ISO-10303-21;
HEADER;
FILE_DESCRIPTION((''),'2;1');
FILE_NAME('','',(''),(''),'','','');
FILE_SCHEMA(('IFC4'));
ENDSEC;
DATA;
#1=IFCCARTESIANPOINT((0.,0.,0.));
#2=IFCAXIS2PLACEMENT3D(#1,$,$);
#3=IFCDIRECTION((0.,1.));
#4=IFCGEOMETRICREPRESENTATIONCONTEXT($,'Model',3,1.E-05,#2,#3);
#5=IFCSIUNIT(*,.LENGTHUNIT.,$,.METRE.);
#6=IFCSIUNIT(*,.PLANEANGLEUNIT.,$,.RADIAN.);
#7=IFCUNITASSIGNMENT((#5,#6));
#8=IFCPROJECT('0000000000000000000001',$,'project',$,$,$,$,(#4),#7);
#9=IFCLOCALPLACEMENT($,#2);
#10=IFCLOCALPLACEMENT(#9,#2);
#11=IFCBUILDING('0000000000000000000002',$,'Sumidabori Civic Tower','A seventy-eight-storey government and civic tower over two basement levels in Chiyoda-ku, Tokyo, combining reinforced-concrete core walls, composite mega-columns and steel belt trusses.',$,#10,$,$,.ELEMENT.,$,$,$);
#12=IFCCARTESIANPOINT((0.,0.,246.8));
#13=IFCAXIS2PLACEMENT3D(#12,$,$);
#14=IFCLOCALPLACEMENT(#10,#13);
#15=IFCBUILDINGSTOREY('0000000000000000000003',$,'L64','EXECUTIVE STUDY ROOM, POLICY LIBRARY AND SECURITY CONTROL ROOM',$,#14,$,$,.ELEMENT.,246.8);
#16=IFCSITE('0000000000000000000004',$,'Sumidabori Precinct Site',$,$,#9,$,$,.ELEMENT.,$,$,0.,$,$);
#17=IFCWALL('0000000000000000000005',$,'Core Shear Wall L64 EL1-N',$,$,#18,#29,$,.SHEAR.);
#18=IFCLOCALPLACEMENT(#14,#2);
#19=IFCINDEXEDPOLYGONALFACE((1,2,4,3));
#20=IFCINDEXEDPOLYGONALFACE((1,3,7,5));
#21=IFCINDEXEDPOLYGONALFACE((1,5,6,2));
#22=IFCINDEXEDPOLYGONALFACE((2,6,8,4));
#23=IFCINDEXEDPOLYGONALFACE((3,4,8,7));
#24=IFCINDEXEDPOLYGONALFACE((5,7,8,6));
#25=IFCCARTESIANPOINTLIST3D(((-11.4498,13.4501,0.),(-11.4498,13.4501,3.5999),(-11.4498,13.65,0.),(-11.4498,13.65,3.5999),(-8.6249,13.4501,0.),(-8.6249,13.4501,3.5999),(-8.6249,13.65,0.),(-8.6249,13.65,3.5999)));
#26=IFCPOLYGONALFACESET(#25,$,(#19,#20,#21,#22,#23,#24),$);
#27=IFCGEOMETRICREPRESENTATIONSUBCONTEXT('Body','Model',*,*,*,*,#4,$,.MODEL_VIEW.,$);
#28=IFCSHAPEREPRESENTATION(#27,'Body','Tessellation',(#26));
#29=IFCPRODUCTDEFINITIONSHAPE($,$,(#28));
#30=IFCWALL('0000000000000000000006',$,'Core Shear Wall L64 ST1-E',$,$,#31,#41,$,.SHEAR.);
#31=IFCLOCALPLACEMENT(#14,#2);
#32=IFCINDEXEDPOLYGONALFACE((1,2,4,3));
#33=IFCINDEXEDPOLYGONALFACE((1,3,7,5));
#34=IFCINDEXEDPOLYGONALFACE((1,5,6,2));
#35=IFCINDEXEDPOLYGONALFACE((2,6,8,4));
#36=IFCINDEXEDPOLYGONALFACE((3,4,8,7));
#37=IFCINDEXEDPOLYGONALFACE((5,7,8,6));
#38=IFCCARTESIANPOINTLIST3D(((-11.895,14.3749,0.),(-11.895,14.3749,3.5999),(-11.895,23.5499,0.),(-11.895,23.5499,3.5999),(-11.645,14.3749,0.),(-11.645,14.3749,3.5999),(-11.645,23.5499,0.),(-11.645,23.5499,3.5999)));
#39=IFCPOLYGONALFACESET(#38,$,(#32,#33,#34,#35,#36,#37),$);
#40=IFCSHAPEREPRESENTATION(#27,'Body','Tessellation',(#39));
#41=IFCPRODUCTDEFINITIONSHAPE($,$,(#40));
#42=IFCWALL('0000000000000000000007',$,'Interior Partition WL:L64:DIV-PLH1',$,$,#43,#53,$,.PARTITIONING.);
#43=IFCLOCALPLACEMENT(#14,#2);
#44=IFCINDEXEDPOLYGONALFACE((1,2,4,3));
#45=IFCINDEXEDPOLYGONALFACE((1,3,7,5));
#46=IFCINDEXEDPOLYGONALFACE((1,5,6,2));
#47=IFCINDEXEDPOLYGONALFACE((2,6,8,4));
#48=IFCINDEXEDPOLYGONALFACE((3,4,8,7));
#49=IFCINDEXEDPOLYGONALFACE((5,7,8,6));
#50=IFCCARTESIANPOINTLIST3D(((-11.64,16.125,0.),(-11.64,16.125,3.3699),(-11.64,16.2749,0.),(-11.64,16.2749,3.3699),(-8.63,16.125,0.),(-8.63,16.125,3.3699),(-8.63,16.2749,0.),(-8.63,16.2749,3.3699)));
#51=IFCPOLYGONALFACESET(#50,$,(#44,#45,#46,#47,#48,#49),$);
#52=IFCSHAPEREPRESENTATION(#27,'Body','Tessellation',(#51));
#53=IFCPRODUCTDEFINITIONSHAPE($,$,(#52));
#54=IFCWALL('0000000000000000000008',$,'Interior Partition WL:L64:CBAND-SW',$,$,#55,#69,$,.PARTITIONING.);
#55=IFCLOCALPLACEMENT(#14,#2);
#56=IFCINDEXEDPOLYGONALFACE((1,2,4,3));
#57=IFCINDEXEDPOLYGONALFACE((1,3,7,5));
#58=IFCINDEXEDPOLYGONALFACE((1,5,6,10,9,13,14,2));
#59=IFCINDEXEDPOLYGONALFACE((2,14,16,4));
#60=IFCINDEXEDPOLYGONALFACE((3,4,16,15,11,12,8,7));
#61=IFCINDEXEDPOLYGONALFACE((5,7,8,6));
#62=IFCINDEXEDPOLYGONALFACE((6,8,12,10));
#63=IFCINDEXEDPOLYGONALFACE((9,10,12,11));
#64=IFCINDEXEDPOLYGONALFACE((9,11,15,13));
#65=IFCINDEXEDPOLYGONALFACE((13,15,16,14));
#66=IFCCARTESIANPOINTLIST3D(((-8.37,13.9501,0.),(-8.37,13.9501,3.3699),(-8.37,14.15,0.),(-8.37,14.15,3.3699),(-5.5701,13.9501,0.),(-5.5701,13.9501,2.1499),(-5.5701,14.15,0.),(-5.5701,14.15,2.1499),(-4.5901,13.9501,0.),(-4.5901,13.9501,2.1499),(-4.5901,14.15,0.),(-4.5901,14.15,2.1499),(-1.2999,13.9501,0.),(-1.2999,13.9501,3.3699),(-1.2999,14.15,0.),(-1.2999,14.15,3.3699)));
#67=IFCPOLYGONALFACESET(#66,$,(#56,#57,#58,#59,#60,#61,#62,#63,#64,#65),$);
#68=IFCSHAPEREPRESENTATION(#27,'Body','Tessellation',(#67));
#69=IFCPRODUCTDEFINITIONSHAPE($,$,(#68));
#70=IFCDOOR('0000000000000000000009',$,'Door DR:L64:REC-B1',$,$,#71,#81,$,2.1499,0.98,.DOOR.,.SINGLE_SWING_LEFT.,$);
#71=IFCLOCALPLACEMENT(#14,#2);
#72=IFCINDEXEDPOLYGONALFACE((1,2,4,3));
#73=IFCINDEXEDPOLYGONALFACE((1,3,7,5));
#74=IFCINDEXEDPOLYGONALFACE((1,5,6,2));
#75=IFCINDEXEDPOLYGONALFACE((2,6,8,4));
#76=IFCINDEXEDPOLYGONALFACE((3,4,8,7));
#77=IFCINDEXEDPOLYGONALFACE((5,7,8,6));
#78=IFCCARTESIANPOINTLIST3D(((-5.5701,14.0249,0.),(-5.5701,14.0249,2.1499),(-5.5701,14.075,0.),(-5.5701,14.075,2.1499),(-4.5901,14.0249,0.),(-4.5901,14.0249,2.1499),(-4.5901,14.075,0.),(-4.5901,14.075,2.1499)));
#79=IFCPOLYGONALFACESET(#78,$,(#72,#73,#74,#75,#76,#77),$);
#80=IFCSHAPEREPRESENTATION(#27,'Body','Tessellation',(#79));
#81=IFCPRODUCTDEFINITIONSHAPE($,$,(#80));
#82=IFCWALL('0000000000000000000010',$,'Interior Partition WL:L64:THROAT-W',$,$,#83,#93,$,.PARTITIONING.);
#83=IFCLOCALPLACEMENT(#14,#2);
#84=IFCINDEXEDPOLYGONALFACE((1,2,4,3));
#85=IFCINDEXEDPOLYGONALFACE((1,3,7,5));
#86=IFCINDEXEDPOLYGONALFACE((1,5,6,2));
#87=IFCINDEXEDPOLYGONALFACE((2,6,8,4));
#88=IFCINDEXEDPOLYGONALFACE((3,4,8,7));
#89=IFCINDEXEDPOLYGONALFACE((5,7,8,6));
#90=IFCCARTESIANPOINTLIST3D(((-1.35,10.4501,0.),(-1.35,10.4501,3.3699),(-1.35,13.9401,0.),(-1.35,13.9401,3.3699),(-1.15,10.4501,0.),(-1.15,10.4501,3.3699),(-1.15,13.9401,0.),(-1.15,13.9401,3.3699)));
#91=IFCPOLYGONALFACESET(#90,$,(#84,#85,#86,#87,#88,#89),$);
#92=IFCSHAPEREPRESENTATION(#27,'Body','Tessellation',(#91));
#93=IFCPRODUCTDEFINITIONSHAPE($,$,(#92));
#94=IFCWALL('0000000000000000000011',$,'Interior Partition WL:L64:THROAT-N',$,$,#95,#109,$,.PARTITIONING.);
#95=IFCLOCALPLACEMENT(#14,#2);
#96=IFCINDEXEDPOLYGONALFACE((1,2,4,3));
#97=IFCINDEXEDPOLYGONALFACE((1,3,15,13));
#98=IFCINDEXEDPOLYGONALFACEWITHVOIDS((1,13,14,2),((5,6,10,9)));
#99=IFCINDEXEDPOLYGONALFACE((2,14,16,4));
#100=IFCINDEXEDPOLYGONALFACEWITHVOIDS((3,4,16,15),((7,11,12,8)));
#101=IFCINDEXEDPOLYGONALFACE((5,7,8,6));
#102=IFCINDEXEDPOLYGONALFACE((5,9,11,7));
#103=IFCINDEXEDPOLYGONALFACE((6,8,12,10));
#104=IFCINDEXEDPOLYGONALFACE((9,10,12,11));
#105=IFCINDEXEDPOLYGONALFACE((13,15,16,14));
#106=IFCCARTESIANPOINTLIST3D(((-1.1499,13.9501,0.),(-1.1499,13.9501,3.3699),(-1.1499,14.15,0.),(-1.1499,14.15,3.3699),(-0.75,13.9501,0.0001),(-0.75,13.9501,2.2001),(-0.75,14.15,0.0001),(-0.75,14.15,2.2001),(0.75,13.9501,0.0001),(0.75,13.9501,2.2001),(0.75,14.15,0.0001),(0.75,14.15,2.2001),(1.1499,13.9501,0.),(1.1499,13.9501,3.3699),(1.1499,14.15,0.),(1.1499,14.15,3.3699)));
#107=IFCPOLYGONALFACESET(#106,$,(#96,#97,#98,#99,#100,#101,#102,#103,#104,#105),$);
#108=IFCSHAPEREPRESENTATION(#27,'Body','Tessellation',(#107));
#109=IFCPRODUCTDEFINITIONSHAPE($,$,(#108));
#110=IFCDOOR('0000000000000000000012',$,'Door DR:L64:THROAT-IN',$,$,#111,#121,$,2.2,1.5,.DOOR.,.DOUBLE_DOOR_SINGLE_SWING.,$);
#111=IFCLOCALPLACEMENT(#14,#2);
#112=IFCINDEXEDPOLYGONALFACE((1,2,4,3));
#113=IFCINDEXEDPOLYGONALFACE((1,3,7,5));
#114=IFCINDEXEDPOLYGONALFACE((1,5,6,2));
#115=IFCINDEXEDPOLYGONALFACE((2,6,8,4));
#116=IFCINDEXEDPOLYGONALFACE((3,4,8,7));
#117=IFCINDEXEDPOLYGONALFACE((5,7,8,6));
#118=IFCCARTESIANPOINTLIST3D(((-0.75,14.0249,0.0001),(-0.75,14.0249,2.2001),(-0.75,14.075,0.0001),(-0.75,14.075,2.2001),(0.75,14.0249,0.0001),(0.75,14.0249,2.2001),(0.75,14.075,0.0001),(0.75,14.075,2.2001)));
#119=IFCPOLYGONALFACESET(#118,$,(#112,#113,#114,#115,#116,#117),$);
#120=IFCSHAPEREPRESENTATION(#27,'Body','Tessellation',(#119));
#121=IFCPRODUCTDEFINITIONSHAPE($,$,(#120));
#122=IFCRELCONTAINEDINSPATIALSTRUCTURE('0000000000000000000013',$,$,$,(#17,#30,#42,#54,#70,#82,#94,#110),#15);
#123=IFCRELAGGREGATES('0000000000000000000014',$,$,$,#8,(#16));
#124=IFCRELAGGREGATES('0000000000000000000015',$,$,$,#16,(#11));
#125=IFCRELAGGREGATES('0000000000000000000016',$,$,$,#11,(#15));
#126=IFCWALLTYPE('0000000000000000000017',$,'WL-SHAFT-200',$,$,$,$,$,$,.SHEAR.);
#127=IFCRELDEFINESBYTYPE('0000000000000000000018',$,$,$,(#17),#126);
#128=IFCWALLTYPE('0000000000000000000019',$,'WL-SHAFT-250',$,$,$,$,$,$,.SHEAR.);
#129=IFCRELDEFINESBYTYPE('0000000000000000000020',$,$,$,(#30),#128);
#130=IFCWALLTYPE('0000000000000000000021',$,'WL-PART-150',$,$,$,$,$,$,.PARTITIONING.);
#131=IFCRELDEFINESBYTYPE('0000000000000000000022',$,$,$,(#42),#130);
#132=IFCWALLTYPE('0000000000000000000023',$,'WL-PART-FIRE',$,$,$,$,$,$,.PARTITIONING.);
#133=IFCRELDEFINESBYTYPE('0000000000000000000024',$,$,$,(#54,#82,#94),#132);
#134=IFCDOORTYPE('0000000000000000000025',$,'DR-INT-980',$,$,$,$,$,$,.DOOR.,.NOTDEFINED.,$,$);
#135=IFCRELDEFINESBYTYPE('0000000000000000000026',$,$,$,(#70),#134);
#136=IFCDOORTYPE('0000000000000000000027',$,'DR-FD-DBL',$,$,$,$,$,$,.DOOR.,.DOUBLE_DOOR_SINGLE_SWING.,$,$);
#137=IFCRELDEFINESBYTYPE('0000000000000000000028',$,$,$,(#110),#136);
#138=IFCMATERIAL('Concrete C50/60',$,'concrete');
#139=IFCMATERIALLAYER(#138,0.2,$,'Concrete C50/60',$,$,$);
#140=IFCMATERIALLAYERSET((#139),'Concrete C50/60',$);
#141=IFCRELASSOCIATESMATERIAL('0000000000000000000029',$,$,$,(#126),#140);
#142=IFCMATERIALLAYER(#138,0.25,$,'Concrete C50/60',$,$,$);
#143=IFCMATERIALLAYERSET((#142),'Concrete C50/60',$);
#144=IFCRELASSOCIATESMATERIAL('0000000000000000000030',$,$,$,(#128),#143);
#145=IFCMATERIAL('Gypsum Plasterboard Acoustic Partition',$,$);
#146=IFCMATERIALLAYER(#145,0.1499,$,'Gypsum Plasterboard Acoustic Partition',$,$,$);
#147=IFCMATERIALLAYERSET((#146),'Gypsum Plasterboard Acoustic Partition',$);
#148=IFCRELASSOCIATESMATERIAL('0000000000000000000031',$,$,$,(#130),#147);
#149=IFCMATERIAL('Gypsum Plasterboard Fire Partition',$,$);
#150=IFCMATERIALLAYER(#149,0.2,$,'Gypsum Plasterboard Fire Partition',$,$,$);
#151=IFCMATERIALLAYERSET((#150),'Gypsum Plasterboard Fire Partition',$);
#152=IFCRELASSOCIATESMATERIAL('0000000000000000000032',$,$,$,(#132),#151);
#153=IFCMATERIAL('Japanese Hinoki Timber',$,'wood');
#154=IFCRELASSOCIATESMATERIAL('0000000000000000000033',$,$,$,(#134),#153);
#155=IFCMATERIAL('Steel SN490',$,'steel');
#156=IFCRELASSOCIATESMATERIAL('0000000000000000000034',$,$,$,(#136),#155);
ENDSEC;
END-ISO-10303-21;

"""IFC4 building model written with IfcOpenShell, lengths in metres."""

from ifc_helpers import new_model, si_unit, direction, frame, frame_2d, origin, place, context, subcontext, project, spatial, rectangle, extrude, source, transform, mapped, material, layer, layer_set, type_object, element, fill, save


model = new_model("IFC4")

# Units and contexts
model_context = context("Model", 3, precision=1e-05, world=origin(), true_north=direction((0.0, 1.0)))
body_context = subcontext(model_context, "Body", "Model", "MODEL_VIEW")
ifc_project = project(units=[si_unit("LENGTHUNIT", "METRE"), si_unit("PLANEANGLEUNIT", "RADIAN")], contexts=[model_context])

# Site, building, storey
site_placement = place(None, origin())
site = spatial("IfcSite", under=ifc_project, at=site_placement, Name="Sumidabori Precinct Site", CompositionType="ELEMENT", RefElevation=0.0)
building_placement = place(site_placement, origin())
building = spatial("IfcBuilding", under=site, at=building_placement, Name="Sumidabori Civic Tower", Description="A seventy-eight-storey government and civic tower over two basement levels in Chiyoda-ku, Tokyo, combining reinforced-concrete core walls, composite mega-columns and steel belt trusses.", CompositionType="ELEMENT")
storey_placement = place(building_placement, frame((0.0, 0.0, 246.8)))
storey = spatial("IfcBuildingStorey", under=building, at=storey_placement, Name="L64", Description="EXECUTIVE STUDY ROOM, POLICY LIBRARY AND SECURITY CONTROL ROOM", CompositionType="ELEMENT", Elevation=246.8)

# Wall
ifc_material_1 = material(Name="Concrete C50/60", Category="concrete")
ifc_layer_1 = layer(ifc_material_1, 0.2, Name="Concrete C50/60")
ifc_layer_set_1 = layer_set([ifc_layer_1], Name="Concrete C50/60")
wall_type_1 = type_object("IfcWallType", Name="WL-SHAFT-200", PredefinedType="SHEAR", material=ifc_layer_set_1)
shared_shape_1 = source(origin(), body_context, "Body", "SweptSolid", [
    extrude(rectangle(XDim=2.825, YDim=0.2, at=frame_2d((1.4126, 0.0))), origin(), (0.0, 0.0, 1.0), 3.5999),
])
wall_1_placement = place(storey_placement, frame((-11.45, 13.55, 0.0), z_axis=(0.0, 0.0, 1.0), x_axis=(1.0, 0.0, 0.0)))
element("IfcWall", 1, at=wall_1_placement, inside=storey, type_object=wall_type_1, Name="Core Shear Wall L64 EL1-N", PredefinedType="SHEAR", context=body_context, shape_type="MappedRepresentation", body=[
    mapped(shared_shape_1, transform((0.0, 0.0, 0.0), x_axis=(1.0, 0.0, 0.0), y_axis=(0.0, 1.0, 0.0), z_axis=(0.0, 0.0, 1.0), scale=1.0)),
])

# Shared definitions
ifc_layer_2 = layer(ifc_material_1, 0.25, Name="Concrete C50/60")
ifc_layer_set_2 = layer_set([ifc_layer_2], Name="Concrete C50/60")
wall_type_2 = type_object("IfcWallType", Name="WL-SHAFT-250", PredefinedType="SHEAR", material=ifc_layer_set_2)

# Wall
shared_shape_2 = source(origin(), body_context, "Body", "SweptSolid", [
    extrude(rectangle(XDim=9.175, YDim=0.25, at=frame_2d((4.5874, 0.0))), origin(), (0.0, 0.0, 1.0), 3.5999),
])
wall_2_placement = place(storey_placement, frame((-11.77, 14.375, 0.0), z_axis=(0.0, 0.0, 1.0), x_axis=(0.0, 1.0, 0.0)))
element("IfcWall", 2, at=wall_2_placement, inside=storey, type_object=wall_type_2, Name="Core Shear Wall L64 ST1-E", PredefinedType="SHEAR", context=body_context, shape_type="MappedRepresentation", body=[
    mapped(shared_shape_2, transform((0.0, 0.0, 0.0), x_axis=(1.0, 0.0, 0.0), y_axis=(0.0, 1.0, 0.0), z_axis=(0.0, 0.0, 1.0), scale=1.0)),
])

# Wall
ifc_material_2 = material(Name="Gypsum Plasterboard Acoustic Partition")
ifc_layer_3 = layer(ifc_material_2, 0.1499, Name="Gypsum Plasterboard Acoustic Partition")
ifc_layer_set_3 = layer_set([ifc_layer_3], Name="Gypsum Plasterboard Acoustic Partition")
wall_type_3 = type_object("IfcWallType", Name="WL-PART-150", PredefinedType="PARTITIONING", material=ifc_layer_set_3)
shared_shape_3 = source(origin(), body_context, "Body", "SweptSolid", [
    extrude(rectangle(XDim=3.01, YDim=0.1499, at=frame_2d((1.5049, 0.0))), origin(), (0.0, 0.0, 1.0), 3.3699),
])
wall_3_placement = place(storey_placement, frame((-11.6399, 16.2, 0.0), z_axis=(0.0, 0.0, 1.0), x_axis=(1.0, 0.0, 0.0)))
element("IfcWall", 3, at=wall_3_placement, inside=storey, type_object=wall_type_3, Name="Interior Partition WL:L64:DIV-PLH1", PredefinedType="PARTITIONING", context=body_context, shape_type="MappedRepresentation", body=[
    mapped(shared_shape_3, transform((0.0, 0.0, 0.0), x_axis=(1.0, 0.0, 0.0), y_axis=(0.0, 1.0, 0.0), z_axis=(0.0, 0.0, 1.0), scale=1.0)),
])

# Wall, opening, door
ifc_material_3 = material(Name="Gypsum Plasterboard Fire Partition")
ifc_layer_4 = layer(ifc_material_3, 0.2, Name="Gypsum Plasterboard Fire Partition")
ifc_layer_set_4 = layer_set([ifc_layer_4], Name="Gypsum Plasterboard Fire Partition")
wall_type_4 = type_object("IfcWallType", Name="WL-PART-FIRE", PredefinedType="PARTITIONING", material=ifc_layer_set_4)
shared_shape_4 = source(origin(), body_context, "Body", "SweptSolid", [
    extrude(rectangle(XDim=7.0701, YDim=0.2, at=frame_2d((3.5352, 0.0))), origin(), (0.0, 0.0, 1.0), 3.3699),
])
wall_4_placement = place(storey_placement, frame((-8.3701, 14.05, 0.0), z_axis=(0.0, 0.0, 1.0), x_axis=(1.0, 0.0, 0.0)))
wall_4 = element("IfcWall", 4, at=wall_4_placement, inside=storey, type_object=wall_type_4, Name="Interior Partition WL:L64:CBAND-SW", PredefinedType="PARTITIONING", context=body_context, shape_type="MappedRepresentation", body=[
    mapped(shared_shape_4, transform((0.0, 0.0, 0.0), x_axis=(1.0, 0.0, 0.0), y_axis=(0.0, 1.0, 0.0), z_axis=(0.0, 0.0, 1.0), scale=1.0)),
])
opening_1_placement = place(wall_4_placement, frame((2.8, 0.0, 0.0)))
opening_1 = element("IfcOpeningElement", 5, at=opening_1_placement, cuts=wall_4, PredefinedType="OPENING", context=body_context, shape_type="SweptSolid", body=[
    extrude(rectangle(XDim=0.98, YDim=2.1499, at=frame_2d((0.49, 1.075))), frame((0.0, 0.1118, 0.0), z_axis=(0.0, -1.0, 0.0), x_axis=(1.0, 0.0, 0.0)), (0.0, 0.0, 1.0), 0.2239),
])
ifc_material_4 = material(Name="Japanese Hinoki Timber", Category="wood")
door_type_1 = type_object("IfcDoorType", Name="DR-INT-980", OperationType="NOTDEFINED", PredefinedType="DOOR", material=ifc_material_4)
shared_shape_5 = source(origin(), body_context, "Body", "SweptSolid", [
    extrude(rectangle(XDim=0.98, YDim=2.1499, at=frame_2d((0.49, 1.075))), frame((0.0, 0.0249, 0.0), z_axis=(0.0, -1.0, 0.0), x_axis=(1.0, 0.0, 0.0)), (0.0, 0.0, 1.0), 0.05),
])
door_1_placement = place(opening_1_placement, origin())
door_1 = element("IfcDoor", 6, at=door_1_placement, inside=storey, type_object=door_type_1, Name="Door DR:L64:REC-B1", OperationType="SINGLE_SWING_LEFT", OverallHeight=2.1499, OverallWidth=0.98, PredefinedType="DOOR", context=body_context, shape_type="MappedRepresentation", body=[
    mapped(shared_shape_5, transform((0.0, 0.0, 0.0), x_axis=(1.0, 0.0, 0.0), y_axis=(0.0, 1.0, 0.0), z_axis=(0.0, 0.0, 1.0), scale=1.0)),
])
fill(opening_1, door_1)

# Wall
shared_shape_6 = source(origin(), body_context, "Body", "SweptSolid", [
    extrude(rectangle(XDim=3.49, YDim=0.2, at=frame_2d((1.7451, 0.0))), origin(), (0.0, 0.0, 1.0), 3.3699),
])
wall_5_placement = place(storey_placement, frame((-1.25, 10.45, 0.0), z_axis=(0.0, 0.0, 1.0), x_axis=(0.0, 1.0, 0.0)))
element("IfcWall", 7, at=wall_5_placement, inside=storey, type_object=wall_type_4, Name="Interior Partition WL:L64:THROAT-W", PredefinedType="PARTITIONING", context=body_context, shape_type="MappedRepresentation", body=[
    mapped(shared_shape_6, transform((0.0, 0.0, 0.0), x_axis=(1.0, 0.0, 0.0), y_axis=(0.0, 1.0, 0.0), z_axis=(0.0, 0.0, 1.0), scale=1.0)),
])

# Wall, opening, door
shared_shape_7 = source(origin(), body_context, "Body", "SweptSolid", [
    extrude(rectangle(XDim=2.2998, YDim=0.2, at=frame_2d((1.1499, 0.0))), origin(), (0.0, 0.0, 1.0), 3.3699),
])
wall_6_placement = place(storey_placement, frame((-1.1499, 14.05, 0.0), z_axis=(0.0, 0.0, 1.0), x_axis=(1.0, 0.0, 0.0)))
wall_6 = element("IfcWall", 8, at=wall_6_placement, inside=storey, type_object=wall_type_4, Name="Interior Partition WL:L64:THROAT-N", PredefinedType="PARTITIONING", context=body_context, shape_type="MappedRepresentation", body=[
    mapped(shared_shape_7, transform((0.0, 0.0, 0.0), x_axis=(1.0, 0.0, 0.0), y_axis=(0.0, 1.0, 0.0), z_axis=(0.0, 0.0, 1.0), scale=1.0)),
])
opening_2_placement = place(wall_6_placement, frame((0.3999, 0.0, 0.0)))
opening_2 = element("IfcOpeningElement", 9, at=opening_2_placement, cuts=wall_6, PredefinedType="OPENING", context=body_context, shape_type="SweptSolid", body=[
    extrude(rectangle(XDim=1.5, YDim=2.2, at=frame_2d((0.75, 1.1001))), frame((0.0, 0.1118, 0.0), z_axis=(0.0, -1.0, 0.0), x_axis=(1.0, 0.0, 0.0)), (0.0, 0.0, 1.0), 0.2239),
])
ifc_material_5 = material(Name="Steel SN490", Category="steel")
door_type_2 = type_object("IfcDoorType", Name="DR-FD-DBL", OperationType="DOUBLE_DOOR_SINGLE_SWING", PredefinedType="DOOR", material=ifc_material_5)
shared_shape_8 = source(origin(), body_context, "Body", "SweptSolid", [
    extrude(rectangle(XDim=1.5, YDim=2.2, at=frame_2d((0.75, 1.1001))), frame((0.0, 0.0249, 0.0), z_axis=(0.0, -1.0, 0.0), x_axis=(1.0, 0.0, 0.0)), (0.0, 0.0, 1.0), 0.05),
])
door_2_placement = place(opening_2_placement, origin())
door_2 = element("IfcDoor", 10, at=door_2_placement, inside=storey, type_object=door_type_2, Name="Door DR:L64:THROAT-IN", OperationType="DOUBLE_DOOR_SINGLE_SWING", OverallHeight=2.2, OverallWidth=1.5, PredefinedType="DOOR", context=body_context, shape_type="MappedRepresentation", body=[
    mapped(shared_shape_8, transform((0.0, 0.0, 0.0), x_axis=(1.0, 0.0, 0.0), y_axis=(0.0, 1.0, 0.0), z_axis=(0.0, 0.0, 1.0), scale=1.0)),
])
fill(opening_2, door_2)

save(model, "model.ifc")
